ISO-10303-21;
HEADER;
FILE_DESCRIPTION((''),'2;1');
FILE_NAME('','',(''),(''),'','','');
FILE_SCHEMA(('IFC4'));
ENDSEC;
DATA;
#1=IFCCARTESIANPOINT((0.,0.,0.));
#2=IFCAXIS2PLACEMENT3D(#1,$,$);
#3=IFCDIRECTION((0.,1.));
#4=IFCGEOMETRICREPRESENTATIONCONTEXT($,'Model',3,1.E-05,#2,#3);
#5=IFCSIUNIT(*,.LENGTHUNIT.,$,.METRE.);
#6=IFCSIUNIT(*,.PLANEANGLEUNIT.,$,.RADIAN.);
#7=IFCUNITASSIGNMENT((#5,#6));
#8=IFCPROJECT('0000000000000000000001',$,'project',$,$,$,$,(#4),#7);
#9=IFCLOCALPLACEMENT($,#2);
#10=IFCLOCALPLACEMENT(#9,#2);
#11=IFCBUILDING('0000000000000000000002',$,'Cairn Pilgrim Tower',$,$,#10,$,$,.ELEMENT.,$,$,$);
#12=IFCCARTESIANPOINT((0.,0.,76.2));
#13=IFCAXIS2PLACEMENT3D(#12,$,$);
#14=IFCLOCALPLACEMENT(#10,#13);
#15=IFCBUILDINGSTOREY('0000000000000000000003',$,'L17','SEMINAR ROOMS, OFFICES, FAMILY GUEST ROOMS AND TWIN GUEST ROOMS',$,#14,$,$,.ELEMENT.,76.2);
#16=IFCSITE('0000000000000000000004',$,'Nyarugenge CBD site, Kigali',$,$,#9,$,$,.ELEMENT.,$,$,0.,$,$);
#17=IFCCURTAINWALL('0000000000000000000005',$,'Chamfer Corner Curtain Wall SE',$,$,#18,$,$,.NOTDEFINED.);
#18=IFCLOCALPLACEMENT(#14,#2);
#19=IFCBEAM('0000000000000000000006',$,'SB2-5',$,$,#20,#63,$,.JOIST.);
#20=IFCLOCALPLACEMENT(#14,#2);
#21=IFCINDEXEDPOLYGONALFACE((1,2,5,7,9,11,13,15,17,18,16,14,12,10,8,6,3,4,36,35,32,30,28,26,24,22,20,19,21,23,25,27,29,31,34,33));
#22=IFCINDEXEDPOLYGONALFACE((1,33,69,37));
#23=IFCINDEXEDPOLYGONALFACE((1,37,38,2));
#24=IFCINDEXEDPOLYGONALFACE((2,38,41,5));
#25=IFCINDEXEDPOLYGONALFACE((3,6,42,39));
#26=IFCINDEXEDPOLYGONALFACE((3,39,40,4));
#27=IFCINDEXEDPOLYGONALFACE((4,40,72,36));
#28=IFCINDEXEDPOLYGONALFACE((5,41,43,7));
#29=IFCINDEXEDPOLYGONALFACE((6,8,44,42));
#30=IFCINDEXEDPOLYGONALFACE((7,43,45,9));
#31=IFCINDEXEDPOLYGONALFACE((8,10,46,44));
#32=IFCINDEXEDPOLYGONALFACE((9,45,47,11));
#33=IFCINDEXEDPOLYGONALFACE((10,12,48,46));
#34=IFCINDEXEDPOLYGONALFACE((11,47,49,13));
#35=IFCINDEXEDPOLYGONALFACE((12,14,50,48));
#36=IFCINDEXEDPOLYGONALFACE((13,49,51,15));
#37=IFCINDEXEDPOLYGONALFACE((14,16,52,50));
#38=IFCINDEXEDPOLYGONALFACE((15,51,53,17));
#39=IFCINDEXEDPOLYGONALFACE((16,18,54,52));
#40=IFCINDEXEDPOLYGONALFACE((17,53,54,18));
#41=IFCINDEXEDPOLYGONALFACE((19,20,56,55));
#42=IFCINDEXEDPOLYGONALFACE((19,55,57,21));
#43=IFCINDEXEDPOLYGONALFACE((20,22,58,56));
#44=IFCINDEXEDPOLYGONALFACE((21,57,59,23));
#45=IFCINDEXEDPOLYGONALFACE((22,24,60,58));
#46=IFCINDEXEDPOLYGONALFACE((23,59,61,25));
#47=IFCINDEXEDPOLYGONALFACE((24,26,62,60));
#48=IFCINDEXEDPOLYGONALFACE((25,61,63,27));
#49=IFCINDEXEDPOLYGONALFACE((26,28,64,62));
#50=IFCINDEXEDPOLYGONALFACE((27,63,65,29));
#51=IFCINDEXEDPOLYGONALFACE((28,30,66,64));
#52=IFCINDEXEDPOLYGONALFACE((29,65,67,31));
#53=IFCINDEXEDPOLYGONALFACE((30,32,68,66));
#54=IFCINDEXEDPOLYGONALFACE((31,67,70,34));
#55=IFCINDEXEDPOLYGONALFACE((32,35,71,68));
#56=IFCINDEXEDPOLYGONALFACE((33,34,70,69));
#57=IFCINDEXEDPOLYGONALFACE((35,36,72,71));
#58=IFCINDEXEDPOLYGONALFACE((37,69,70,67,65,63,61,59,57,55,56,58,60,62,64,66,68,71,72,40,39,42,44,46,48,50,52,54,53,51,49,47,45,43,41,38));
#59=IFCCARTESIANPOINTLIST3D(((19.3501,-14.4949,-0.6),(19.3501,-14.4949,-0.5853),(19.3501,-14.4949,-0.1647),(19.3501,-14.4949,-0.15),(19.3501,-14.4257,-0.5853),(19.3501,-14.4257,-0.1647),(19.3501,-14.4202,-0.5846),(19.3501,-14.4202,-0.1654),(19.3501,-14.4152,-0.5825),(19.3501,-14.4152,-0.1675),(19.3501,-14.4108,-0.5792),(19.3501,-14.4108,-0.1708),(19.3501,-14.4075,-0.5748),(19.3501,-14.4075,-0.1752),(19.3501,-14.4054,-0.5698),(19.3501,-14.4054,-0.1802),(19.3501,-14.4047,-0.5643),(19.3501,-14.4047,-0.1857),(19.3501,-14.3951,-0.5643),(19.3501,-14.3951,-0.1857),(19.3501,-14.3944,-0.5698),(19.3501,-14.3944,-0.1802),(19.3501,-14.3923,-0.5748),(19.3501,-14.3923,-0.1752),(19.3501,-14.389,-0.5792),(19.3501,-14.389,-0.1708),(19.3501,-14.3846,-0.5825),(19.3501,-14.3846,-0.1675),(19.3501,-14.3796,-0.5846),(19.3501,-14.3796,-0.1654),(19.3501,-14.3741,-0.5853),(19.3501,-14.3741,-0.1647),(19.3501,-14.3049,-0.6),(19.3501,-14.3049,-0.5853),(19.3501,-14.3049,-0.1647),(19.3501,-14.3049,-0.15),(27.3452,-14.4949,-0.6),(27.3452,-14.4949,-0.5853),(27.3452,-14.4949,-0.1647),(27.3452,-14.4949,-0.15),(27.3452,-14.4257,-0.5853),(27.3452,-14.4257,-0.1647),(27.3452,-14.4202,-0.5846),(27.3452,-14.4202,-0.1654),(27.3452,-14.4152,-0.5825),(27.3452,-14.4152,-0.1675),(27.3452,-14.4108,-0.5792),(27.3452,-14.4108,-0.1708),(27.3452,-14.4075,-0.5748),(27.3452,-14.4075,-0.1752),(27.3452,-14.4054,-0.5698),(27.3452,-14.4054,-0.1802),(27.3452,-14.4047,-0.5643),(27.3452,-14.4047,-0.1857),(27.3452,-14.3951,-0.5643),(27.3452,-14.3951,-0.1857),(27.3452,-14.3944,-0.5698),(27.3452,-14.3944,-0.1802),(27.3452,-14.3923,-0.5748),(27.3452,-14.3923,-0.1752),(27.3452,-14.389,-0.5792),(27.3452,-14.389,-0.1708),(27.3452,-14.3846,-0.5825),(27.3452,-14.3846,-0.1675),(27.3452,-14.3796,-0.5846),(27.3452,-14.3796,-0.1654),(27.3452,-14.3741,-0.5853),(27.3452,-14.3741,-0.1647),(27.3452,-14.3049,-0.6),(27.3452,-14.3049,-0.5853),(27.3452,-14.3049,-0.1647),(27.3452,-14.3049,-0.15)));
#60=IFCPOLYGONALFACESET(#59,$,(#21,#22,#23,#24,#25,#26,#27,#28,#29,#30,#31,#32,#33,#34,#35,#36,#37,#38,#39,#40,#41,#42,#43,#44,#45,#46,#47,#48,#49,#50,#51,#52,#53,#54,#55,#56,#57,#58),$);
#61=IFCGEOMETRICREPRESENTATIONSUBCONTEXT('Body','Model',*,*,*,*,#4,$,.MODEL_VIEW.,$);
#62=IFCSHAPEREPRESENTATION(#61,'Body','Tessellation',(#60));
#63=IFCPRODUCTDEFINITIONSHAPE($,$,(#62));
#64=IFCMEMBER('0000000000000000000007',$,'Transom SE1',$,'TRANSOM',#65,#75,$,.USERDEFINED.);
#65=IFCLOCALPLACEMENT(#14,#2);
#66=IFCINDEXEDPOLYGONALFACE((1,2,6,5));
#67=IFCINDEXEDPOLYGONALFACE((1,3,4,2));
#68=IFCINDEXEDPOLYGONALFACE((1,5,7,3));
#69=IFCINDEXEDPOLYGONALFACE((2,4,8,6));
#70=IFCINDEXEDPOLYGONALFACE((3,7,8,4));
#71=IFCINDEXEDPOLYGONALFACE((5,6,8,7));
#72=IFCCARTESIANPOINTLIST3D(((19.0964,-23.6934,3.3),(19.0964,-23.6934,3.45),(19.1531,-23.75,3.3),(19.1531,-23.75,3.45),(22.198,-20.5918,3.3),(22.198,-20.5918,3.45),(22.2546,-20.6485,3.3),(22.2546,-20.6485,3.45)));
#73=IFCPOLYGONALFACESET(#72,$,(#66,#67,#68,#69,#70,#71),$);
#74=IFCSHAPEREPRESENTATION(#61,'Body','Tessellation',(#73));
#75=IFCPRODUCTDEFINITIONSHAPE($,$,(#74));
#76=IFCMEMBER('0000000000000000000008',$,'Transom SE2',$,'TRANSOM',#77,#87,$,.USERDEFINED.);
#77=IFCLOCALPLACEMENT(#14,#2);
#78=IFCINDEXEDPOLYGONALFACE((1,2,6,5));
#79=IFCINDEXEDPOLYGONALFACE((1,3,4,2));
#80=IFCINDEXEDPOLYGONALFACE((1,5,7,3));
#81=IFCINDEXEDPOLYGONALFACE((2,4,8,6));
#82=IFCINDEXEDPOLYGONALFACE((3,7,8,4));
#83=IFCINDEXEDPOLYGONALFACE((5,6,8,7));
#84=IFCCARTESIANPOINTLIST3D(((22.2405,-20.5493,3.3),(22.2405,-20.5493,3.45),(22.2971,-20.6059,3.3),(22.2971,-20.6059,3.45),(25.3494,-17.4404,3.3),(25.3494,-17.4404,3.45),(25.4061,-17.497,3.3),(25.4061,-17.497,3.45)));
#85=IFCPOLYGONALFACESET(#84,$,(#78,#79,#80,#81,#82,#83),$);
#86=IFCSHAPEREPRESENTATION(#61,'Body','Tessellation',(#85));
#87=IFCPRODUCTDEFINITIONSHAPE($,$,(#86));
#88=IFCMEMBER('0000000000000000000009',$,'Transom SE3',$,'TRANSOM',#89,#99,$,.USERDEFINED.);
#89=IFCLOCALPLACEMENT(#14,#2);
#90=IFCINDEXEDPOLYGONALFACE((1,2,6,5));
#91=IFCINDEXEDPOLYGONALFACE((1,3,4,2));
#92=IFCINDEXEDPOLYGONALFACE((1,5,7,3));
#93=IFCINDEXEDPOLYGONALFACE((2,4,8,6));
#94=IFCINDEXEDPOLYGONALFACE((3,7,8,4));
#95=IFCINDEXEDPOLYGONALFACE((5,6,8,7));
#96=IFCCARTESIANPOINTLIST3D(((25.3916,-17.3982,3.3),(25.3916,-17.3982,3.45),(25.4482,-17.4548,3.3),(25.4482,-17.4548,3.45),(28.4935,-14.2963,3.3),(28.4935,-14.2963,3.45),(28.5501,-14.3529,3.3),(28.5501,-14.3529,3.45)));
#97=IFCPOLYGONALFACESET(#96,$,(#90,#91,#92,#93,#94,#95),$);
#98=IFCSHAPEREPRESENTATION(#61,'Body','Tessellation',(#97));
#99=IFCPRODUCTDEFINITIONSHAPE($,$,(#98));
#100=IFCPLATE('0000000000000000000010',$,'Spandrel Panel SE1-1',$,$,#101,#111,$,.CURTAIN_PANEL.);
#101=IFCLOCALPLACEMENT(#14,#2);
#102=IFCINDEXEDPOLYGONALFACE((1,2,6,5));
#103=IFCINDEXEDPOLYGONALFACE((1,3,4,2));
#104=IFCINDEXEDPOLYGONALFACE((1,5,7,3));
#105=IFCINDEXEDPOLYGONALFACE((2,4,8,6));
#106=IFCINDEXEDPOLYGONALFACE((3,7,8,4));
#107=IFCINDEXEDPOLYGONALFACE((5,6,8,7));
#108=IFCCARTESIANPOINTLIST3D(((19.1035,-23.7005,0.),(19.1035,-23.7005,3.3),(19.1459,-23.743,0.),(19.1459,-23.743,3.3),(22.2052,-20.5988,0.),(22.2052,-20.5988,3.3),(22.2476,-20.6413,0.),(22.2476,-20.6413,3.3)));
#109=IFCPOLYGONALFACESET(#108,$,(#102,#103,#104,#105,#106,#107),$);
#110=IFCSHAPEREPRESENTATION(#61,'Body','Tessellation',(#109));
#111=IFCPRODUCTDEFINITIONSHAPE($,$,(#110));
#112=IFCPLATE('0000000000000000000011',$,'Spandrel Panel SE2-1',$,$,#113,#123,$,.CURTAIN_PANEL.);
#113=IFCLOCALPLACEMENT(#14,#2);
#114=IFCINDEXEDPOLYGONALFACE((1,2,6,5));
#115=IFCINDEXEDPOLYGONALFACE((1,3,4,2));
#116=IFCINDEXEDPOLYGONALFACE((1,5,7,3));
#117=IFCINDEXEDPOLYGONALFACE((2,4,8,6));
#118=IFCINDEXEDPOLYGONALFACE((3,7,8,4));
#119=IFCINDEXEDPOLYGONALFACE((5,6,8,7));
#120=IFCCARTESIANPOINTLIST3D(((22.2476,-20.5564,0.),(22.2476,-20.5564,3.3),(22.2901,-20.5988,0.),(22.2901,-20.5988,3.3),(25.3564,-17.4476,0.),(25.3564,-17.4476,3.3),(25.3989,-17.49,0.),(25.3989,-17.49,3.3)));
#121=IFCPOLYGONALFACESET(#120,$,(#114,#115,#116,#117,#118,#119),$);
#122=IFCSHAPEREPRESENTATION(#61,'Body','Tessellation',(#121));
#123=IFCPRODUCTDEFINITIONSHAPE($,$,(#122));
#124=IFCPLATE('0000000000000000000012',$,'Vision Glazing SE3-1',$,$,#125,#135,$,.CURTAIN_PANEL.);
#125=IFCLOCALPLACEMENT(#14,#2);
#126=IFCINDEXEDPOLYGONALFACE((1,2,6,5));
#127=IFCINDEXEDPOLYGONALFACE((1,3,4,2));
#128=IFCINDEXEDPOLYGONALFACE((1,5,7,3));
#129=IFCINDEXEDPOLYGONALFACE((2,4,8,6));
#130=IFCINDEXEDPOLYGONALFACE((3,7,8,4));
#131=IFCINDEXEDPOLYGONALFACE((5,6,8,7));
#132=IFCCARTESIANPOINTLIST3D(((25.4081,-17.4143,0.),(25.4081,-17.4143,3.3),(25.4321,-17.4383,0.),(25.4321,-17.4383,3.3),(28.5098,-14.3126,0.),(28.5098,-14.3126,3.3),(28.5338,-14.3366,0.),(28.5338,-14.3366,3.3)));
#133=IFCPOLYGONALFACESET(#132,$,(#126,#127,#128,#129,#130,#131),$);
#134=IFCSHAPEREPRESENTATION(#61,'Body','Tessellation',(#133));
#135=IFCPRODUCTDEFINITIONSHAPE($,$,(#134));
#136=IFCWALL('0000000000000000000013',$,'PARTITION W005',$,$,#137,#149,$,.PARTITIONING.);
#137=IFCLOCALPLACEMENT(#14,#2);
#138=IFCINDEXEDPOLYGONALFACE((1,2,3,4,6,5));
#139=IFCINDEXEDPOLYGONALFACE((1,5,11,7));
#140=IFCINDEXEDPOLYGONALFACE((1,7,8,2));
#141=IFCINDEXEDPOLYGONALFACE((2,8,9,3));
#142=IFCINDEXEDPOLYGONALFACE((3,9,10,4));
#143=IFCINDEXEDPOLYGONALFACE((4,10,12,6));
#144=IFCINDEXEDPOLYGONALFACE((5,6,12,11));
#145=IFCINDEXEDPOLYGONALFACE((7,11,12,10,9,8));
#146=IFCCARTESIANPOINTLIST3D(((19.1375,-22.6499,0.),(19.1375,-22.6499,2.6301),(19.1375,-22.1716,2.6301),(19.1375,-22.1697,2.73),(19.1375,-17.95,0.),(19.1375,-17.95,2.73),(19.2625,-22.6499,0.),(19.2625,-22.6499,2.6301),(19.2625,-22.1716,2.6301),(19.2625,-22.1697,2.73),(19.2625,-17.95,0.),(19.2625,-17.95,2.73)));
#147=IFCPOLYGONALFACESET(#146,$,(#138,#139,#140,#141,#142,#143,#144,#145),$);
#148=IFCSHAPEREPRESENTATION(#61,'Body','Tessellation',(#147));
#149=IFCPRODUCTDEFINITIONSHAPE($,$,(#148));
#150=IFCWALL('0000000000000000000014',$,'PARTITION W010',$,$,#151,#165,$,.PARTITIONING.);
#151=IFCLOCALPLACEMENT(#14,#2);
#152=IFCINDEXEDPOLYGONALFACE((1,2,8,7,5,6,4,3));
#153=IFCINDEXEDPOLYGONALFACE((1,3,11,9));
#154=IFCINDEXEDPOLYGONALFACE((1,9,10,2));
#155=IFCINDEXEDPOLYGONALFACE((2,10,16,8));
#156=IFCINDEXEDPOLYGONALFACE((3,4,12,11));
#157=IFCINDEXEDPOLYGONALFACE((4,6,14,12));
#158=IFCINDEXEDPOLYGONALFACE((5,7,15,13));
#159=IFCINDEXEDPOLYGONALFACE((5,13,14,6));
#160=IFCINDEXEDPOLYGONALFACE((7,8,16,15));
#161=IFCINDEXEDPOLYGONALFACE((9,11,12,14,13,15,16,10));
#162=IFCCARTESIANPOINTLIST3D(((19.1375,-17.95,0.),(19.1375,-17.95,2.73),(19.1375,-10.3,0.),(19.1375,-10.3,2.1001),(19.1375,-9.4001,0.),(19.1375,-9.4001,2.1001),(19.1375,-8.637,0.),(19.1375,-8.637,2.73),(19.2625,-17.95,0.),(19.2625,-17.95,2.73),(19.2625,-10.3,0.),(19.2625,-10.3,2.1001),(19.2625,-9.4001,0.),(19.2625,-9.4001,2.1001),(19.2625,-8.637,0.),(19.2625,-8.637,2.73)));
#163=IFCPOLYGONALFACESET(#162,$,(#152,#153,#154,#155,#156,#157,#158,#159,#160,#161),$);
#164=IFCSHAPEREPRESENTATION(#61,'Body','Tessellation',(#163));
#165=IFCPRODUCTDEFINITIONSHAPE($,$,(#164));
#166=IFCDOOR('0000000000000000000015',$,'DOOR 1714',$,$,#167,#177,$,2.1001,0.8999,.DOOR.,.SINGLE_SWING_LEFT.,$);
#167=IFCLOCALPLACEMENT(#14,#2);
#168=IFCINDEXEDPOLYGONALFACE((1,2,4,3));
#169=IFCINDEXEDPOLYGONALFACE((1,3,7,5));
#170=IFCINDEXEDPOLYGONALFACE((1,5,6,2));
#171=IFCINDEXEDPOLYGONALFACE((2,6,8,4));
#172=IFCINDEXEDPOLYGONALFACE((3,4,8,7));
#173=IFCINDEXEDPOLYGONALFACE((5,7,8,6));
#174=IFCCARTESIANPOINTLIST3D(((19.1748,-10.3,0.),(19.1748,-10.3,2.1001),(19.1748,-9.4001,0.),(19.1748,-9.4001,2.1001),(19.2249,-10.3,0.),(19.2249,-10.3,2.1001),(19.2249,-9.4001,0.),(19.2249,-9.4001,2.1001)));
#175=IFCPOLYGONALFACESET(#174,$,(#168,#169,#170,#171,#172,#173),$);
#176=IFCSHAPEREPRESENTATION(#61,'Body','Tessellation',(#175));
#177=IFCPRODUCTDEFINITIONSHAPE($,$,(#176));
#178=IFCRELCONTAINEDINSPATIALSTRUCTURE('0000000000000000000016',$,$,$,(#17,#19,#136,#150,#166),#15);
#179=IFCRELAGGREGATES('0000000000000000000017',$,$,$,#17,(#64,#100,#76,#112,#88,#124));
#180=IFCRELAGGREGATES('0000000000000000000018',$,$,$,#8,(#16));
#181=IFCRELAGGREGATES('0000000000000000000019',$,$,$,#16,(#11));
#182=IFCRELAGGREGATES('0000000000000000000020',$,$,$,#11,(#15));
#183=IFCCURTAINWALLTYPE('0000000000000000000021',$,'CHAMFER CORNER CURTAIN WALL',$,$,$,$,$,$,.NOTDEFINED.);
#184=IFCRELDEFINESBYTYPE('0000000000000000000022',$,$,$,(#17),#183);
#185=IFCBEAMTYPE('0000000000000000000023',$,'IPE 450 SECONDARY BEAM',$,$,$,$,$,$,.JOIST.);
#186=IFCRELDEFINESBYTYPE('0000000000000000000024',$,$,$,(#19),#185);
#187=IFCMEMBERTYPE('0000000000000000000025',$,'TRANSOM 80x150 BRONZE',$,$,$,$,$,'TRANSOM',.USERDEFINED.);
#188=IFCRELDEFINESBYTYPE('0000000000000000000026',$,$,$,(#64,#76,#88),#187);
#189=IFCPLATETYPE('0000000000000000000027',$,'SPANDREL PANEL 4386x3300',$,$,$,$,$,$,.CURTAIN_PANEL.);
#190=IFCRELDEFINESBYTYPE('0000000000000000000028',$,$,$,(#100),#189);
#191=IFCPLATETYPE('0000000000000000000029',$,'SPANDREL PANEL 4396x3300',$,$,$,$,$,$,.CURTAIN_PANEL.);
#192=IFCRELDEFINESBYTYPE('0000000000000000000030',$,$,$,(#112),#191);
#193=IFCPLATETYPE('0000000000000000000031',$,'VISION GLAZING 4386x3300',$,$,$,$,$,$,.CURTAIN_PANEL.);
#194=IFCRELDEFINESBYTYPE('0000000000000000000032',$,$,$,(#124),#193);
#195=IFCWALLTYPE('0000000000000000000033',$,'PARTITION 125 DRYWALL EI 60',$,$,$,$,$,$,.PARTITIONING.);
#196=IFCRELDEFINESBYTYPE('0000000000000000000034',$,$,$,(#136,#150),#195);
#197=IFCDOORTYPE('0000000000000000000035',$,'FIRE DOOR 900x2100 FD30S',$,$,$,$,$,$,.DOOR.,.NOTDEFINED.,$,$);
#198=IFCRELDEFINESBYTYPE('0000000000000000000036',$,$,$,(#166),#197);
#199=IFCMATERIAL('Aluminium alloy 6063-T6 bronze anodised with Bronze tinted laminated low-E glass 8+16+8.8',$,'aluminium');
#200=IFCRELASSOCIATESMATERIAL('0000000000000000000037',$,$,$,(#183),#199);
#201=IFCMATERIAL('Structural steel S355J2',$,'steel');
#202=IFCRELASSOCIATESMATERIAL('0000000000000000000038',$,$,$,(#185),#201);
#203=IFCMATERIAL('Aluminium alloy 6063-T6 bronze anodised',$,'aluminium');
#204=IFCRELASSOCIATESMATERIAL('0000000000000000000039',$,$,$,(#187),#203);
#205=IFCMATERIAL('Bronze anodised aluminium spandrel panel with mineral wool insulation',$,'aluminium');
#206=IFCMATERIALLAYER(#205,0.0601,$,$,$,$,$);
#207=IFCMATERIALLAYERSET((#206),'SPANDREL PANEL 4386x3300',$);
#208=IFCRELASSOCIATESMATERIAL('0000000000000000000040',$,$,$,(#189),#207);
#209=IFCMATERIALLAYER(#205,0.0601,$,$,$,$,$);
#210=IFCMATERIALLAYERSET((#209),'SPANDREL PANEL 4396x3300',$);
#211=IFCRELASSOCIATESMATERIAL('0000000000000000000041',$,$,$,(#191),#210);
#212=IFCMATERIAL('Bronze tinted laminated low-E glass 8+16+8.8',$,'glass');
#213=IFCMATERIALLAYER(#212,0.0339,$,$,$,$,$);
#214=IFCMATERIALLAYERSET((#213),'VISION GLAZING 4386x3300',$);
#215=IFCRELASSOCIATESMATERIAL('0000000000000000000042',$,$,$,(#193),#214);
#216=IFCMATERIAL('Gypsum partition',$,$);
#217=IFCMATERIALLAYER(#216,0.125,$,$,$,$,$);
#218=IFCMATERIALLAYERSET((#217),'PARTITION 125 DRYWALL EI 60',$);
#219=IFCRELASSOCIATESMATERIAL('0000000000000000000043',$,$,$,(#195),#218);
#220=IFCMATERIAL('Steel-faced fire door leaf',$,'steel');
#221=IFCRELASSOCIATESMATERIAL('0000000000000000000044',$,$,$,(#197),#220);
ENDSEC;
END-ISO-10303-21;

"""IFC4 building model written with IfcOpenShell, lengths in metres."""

from ifc_helpers import new_model, si_unit, direction, frame, frame_2d, origin, origin_2d, place, context, subcontext, project, spatial, polyline, rectangle, i_section, outline, extrude, material, layer, layer_set, material_profile, profile_set, type_object, element, fill, aggregate, save


model = new_model("IFC4")

# Units and contexts
model_context = context("Model", 3, precision=1e-05, world=origin(), true_north=direction((0.0, 1.0)))
body_context = subcontext(model_context, "Body", "Model", "MODEL_VIEW")
ifc_project = project(units=[si_unit("LENGTHUNIT", "METRE"), si_unit("PLANEANGLEUNIT", "RADIAN")], contexts=[model_context])

# Site, building, storey
site_placement = place(None, origin())
site = spatial("IfcSite", under=ifc_project, at=site_placement, Name="Nyarugenge CBD site, Kigali", CompositionType="ELEMENT", RefElevation=0.0)
building_placement = place(site_placement, origin())
building = spatial("IfcBuilding", under=site, at=building_placement, Name="Cairn Pilgrim Tower", CompositionType="ELEMENT")
storey_placement = place(building_placement, frame((0.0, 0.0, 76.2)))
storey = spatial("IfcBuildingStorey", under=building, at=storey_placement, Name="L17", Description="SEMINAR ROOMS, OFFICES, FAMILY GUEST ROOMS AND TWIN GUEST ROOMS", CompositionType="ELEMENT", Elevation=76.2)

# Shared definitions
ifc_material_1 = material(Name="Structural steel S355J2", Category="steel")

# Curtain wall
ifc_material_2 = material(Name="Aluminium alloy 6063-T6 bronze anodised with Bronze tinted laminated low-E glass 8+16+8.8", Category="aluminium")
curtain_wall_type_1 = type_object("IfcCurtainWallType", Name="CHAMFER CORNER CURTAIN WALL", PredefinedType="NOTDEFINED", material=ifc_material_2)
curtain_wall_1_placement = place(storey_placement, origin())
curtain_wall_1 = element("IfcCurtainWall", 1, at=curtain_wall_1_placement, inside=storey, type_object=curtain_wall_type_1, Name="Chamfer Corner Curtain Wall SE", PredefinedType="NOTDEFINED")
ifc_material_3 = material(Name="Aluminium alloy 6063-T6 bronze anodised", Category="aluminium")

# Beam
ifc_material_profile_1 = material_profile(ifc_material_1, i_section(OverallWidth=0.1899, OverallDepth=0.45, WebThickness=0.0095, FlangeThickness=0.0146, FilletRadius=0.021, at=origin_2d()), Name="IPE 450")
ifc_profile_set_1 = profile_set([ifc_material_profile_1], Name="Structural steel S355J2")
beam_type_1 = type_object("IfcBeamType", Name="IPE 450 SECONDARY BEAM", PredefinedType="JOIST", material=ifc_profile_set_1)
beam_1_placement = place(storey_placement, frame((19.3501, -14.3999, -0.375), z_axis=(1.0, 0.0, 0.0), x_axis=(0.0, 1.0, 0.0)))
element("IfcBeam", 2, at=beam_1_placement, inside=storey, type_object=beam_type_1, Name="SB2-5", PredefinedType="JOIST", context=body_context, shape_type="SweptSolid", body=[
    extrude(i_section(OverallWidth=0.1899, OverallDepth=0.45, WebThickness=0.0095, FlangeThickness=0.0146, FilletRadius=0.021, at=origin_2d()), origin(), (0.0, 0.0, 1.0), 7.9951),
])

# Members
ifc_material_profile_2 = material_profile(ifc_material_3, rectangle(XDim=0.0801, YDim=0.1499, at=origin_2d()), Name="TRANSOM 80x150 BRONZE")
ifc_profile_set_2 = profile_set([ifc_material_profile_2], Name="Aluminium alloy 6063-T6 bronze anodised")
member_type_1 = type_object("IfcMemberType", Name="TRANSOM 80x150 BRONZE", ElementType="TRANSOM", PredefinedType="USERDEFINED", material=ifc_profile_set_2)
member_1_placement = place(storey_placement, frame((19.1248, -23.7217, 3.375), z_axis=(0.707107, 0.707107, 0.0), x_axis=(-0.707107, 0.707107, 0.0)))
member_1 = element("IfcMember", 3, at=member_1_placement, type_object=member_type_1, Name="Transom SE1", ObjectType="TRANSOM", PredefinedType="USERDEFINED", context=body_context, shape_type="SweptSolid", body=[
    extrude(rectangle(XDim=0.0801, YDim=0.1499, at=origin_2d()), origin(), (0.0, 0.0, 1.0), 4.3862),
])
member_2_placement = place(storey_placement, frame((22.2688, -20.5776, 3.375), z_axis=(0.707107, 0.707107, 0.0), x_axis=(-0.707107, 0.707107, 0.0)))
member_2 = element("IfcMember", 4, at=member_2_placement, type_object=member_type_1, Name="Transom SE2", ObjectType="TRANSOM", PredefinedType="USERDEFINED", context=body_context, shape_type="SweptSolid", body=[
    extrude(rectangle(XDim=0.0801, YDim=0.1499, at=origin_2d()), origin(), (0.0, 0.0, 1.0), 4.3967),
])
member_3_placement = place(storey_placement, frame((25.4199, -17.4265, 3.375), z_axis=(0.707107, 0.707107, 0.0), x_axis=(-0.707107, 0.707107, 0.0)))
member_3 = element("IfcMember", 5, at=member_3_placement, type_object=member_type_1, Name="Transom SE3", ObjectType="TRANSOM", PredefinedType="USERDEFINED", context=body_context, shape_type="SweptSolid", body=[
    extrude(rectangle(XDim=0.0801, YDim=0.1499, at=origin_2d()), origin(), (0.0, 0.0, 1.0), 4.3867),
])

# Plates
ifc_material_4 = material(Name="Bronze anodised aluminium spandrel panel with mineral wool insulation", Category="aluminium")
ifc_layer_1 = layer(ifc_material_4, 0.0601)
ifc_layer_set_1 = layer_set([ifc_layer_1], Name="SPANDREL PANEL 4386x3300")
plate_type_1 = type_object("IfcPlateType", Name="SPANDREL PANEL 4386x3300", PredefinedType="CURTAIN_PANEL", material=ifc_layer_set_1)
plate_1_placement = place(storey_placement, frame((20.6755, -22.1709, 0.0), z_axis=(0.0, 0.0, 1.0), x_axis=(0.707107, 0.707107, 0.0)))
plate_1 = element("IfcPlate", 6, at=plate_1_placement, type_object=plate_type_1, Name="Spandrel Panel SE1-1", PredefinedType="CURTAIN_PANEL", context=body_context, shape_type="SweptSolid", body=[
    extrude(rectangle(XDim=4.3865, YDim=0.0601, at=origin_2d()), origin(), (0.0, 0.0, 1.0), 3.3),
])
ifc_layer_2 = layer(ifc_material_4, 0.0601)
ifc_layer_set_2 = layer_set([ifc_layer_2], Name="SPANDREL PANEL 4396x3300")
plate_type_2 = type_object("IfcPlateType", Name="SPANDREL PANEL 4396x3300", PredefinedType="CURTAIN_PANEL", material=ifc_layer_set_2)
plate_2_placement = place(storey_placement, frame((23.8232, -19.0232, 0.0), z_axis=(0.0, 0.0, 1.0), x_axis=(0.707107, 0.707107, 0.0)))
plate_2 = element("IfcPlate", 7, at=plate_2_placement, type_object=plate_type_2, Name="Spandrel Panel SE2-1", PredefinedType="CURTAIN_PANEL", context=body_context, shape_type="SweptSolid", body=[
    extrude(rectangle(XDim=4.3965, YDim=0.0601, at=origin_2d()), origin(), (0.0, 0.0, 1.0), 3.3),
])
ifc_material_5 = material(Name="Bronze tinted laminated low-E glass 8+16+8.8", Category="glass")
ifc_layer_3 = layer(ifc_material_5, 0.0339)
ifc_layer_set_3 = layer_set([ifc_layer_3], Name="VISION GLAZING 4386x3300")
plate_type_3 = type_object("IfcPlateType", Name="VISION GLAZING 4386x3300", PredefinedType="CURTAIN_PANEL", material=ifc_layer_set_3)
plate_3_placement = place(storey_placement, frame((26.9709, -15.8755, 0.0), z_axis=(0.0, 0.0, 1.0), x_axis=(0.707107, 0.707107, 0.0)))
plate_3 = element("IfcPlate", 8, at=plate_3_placement, type_object=plate_type_3, Name="Vision Glazing SE3-1", PredefinedType="CURTAIN_PANEL", context=body_context, shape_type="SweptSolid", body=[
    extrude(rectangle(XDim=4.3865, YDim=0.0339, at=origin_2d()), origin(), (0.0, 0.0, 1.0), 3.3),
])
aggregate(curtain_wall_1, [member_1, plate_1, member_2, plate_2, member_3, plate_3])

# Wall
ifc_material_6 = material(Name="Gypsum partition")
ifc_layer_4 = layer(ifc_material_6, 0.125)
ifc_layer_set_4 = layer_set([ifc_layer_4], Name="PARTITION 125 DRYWALL EI 60")
wall_type_1 = type_object("IfcWallType", Name="PARTITION 125 DRYWALL EI 60", PredefinedType="PARTITIONING", material=ifc_layer_set_4)
wall_1_placement = place(storey_placement, frame((19.2, -22.6499, 0.0), z_axis=(0.0, 0.0, 1.0), x_axis=(0.0, 1.0, 0.0)))
element("IfcWall", 9, at=wall_1_placement, inside=storey, type_object=wall_type_1, Name="PARTITION W005", PredefinedType="PARTITIONING", context=body_context, shape_type="SweptSolid", body=[
    extrude(outline(polyline([(0.0, 0.0), (4.7, 0.0), (4.7, 2.73), (0.4802, 2.73), (0.4783, 2.6301), (0.0, 2.6301), (0.0, 0.0)])), frame((0.0, 0.0625, 0.0), z_axis=(0.0, -1.0, 0.0), x_axis=(1.0, 0.0, 0.0)), (0.0, 0.0, 1.0), 0.125),
])

# Wall, opening, door
wall_2_placement = place(storey_placement, frame((19.2, -17.95, 0.0), z_axis=(0.0, 0.0, 1.0), x_axis=(0.0, 1.0, 0.0)))
wall_2 = element("IfcWall", 10, at=wall_2_placement, inside=storey, type_object=wall_type_1, Name="PARTITION W010", PredefinedType="PARTITIONING", context=body_context, shape_type="SweptSolid", body=[
    extrude(rectangle(XDim=9.313, YDim=0.125, at=frame_2d((4.6565, 0.0))), origin(), (0.0, 0.0, 1.0), 2.73),
])
opening_1_placement = place(wall_2_placement, frame((7.6499, 0.0, 0.0)))
opening_1 = element("IfcOpeningElement", 11, at=opening_1_placement, cuts=wall_2, PredefinedType="OPENING", context=body_context, shape_type="SweptSolid", body=[
    extrude(rectangle(XDim=0.8999, YDim=2.1001, at=frame_2d((0.45, 1.05))), frame((0.0, 0.0725, 0.0), z_axis=(0.0, -1.0, 0.0), x_axis=(1.0, 0.0, 0.0)), (0.0, 0.0, 1.0), 0.145),
])
ifc_material_7 = material(Name="Steel-faced fire door leaf", Category="steel")
door_type_1 = type_object("IfcDoorType", Name="FIRE DOOR 900x2100 FD30S", OperationType="NOTDEFINED", PredefinedType="DOOR", material=ifc_material_7)
door_1_placement = place(opening_1_placement, frame((0.8999, 0.0, 0.0), z_axis=(0.0, 0.0, 1.0), x_axis=(-1.0, 0.0, 0.0)))
door_1 = element("IfcDoor", 12, at=door_1_placement, inside=storey, type_object=door_type_1, Name="DOOR 1714", OperationType="SINGLE_SWING_LEFT", OverallHeight=2.1001, OverallWidth=0.8999, PredefinedType="DOOR", context=body_context, shape_type="SweptSolid", body=[
    extrude(rectangle(XDim=0.8999, YDim=2.1001, at=frame_2d((0.45, 1.05))), frame((0.0, 0.0249, 0.0), z_axis=(0.0, -1.0, 0.0), x_axis=(1.0, 0.0, 0.0)), (0.0, 0.0, 1.0), 0.05),
])
fill(opening_1, door_1)

save(model, "model.ifc")
